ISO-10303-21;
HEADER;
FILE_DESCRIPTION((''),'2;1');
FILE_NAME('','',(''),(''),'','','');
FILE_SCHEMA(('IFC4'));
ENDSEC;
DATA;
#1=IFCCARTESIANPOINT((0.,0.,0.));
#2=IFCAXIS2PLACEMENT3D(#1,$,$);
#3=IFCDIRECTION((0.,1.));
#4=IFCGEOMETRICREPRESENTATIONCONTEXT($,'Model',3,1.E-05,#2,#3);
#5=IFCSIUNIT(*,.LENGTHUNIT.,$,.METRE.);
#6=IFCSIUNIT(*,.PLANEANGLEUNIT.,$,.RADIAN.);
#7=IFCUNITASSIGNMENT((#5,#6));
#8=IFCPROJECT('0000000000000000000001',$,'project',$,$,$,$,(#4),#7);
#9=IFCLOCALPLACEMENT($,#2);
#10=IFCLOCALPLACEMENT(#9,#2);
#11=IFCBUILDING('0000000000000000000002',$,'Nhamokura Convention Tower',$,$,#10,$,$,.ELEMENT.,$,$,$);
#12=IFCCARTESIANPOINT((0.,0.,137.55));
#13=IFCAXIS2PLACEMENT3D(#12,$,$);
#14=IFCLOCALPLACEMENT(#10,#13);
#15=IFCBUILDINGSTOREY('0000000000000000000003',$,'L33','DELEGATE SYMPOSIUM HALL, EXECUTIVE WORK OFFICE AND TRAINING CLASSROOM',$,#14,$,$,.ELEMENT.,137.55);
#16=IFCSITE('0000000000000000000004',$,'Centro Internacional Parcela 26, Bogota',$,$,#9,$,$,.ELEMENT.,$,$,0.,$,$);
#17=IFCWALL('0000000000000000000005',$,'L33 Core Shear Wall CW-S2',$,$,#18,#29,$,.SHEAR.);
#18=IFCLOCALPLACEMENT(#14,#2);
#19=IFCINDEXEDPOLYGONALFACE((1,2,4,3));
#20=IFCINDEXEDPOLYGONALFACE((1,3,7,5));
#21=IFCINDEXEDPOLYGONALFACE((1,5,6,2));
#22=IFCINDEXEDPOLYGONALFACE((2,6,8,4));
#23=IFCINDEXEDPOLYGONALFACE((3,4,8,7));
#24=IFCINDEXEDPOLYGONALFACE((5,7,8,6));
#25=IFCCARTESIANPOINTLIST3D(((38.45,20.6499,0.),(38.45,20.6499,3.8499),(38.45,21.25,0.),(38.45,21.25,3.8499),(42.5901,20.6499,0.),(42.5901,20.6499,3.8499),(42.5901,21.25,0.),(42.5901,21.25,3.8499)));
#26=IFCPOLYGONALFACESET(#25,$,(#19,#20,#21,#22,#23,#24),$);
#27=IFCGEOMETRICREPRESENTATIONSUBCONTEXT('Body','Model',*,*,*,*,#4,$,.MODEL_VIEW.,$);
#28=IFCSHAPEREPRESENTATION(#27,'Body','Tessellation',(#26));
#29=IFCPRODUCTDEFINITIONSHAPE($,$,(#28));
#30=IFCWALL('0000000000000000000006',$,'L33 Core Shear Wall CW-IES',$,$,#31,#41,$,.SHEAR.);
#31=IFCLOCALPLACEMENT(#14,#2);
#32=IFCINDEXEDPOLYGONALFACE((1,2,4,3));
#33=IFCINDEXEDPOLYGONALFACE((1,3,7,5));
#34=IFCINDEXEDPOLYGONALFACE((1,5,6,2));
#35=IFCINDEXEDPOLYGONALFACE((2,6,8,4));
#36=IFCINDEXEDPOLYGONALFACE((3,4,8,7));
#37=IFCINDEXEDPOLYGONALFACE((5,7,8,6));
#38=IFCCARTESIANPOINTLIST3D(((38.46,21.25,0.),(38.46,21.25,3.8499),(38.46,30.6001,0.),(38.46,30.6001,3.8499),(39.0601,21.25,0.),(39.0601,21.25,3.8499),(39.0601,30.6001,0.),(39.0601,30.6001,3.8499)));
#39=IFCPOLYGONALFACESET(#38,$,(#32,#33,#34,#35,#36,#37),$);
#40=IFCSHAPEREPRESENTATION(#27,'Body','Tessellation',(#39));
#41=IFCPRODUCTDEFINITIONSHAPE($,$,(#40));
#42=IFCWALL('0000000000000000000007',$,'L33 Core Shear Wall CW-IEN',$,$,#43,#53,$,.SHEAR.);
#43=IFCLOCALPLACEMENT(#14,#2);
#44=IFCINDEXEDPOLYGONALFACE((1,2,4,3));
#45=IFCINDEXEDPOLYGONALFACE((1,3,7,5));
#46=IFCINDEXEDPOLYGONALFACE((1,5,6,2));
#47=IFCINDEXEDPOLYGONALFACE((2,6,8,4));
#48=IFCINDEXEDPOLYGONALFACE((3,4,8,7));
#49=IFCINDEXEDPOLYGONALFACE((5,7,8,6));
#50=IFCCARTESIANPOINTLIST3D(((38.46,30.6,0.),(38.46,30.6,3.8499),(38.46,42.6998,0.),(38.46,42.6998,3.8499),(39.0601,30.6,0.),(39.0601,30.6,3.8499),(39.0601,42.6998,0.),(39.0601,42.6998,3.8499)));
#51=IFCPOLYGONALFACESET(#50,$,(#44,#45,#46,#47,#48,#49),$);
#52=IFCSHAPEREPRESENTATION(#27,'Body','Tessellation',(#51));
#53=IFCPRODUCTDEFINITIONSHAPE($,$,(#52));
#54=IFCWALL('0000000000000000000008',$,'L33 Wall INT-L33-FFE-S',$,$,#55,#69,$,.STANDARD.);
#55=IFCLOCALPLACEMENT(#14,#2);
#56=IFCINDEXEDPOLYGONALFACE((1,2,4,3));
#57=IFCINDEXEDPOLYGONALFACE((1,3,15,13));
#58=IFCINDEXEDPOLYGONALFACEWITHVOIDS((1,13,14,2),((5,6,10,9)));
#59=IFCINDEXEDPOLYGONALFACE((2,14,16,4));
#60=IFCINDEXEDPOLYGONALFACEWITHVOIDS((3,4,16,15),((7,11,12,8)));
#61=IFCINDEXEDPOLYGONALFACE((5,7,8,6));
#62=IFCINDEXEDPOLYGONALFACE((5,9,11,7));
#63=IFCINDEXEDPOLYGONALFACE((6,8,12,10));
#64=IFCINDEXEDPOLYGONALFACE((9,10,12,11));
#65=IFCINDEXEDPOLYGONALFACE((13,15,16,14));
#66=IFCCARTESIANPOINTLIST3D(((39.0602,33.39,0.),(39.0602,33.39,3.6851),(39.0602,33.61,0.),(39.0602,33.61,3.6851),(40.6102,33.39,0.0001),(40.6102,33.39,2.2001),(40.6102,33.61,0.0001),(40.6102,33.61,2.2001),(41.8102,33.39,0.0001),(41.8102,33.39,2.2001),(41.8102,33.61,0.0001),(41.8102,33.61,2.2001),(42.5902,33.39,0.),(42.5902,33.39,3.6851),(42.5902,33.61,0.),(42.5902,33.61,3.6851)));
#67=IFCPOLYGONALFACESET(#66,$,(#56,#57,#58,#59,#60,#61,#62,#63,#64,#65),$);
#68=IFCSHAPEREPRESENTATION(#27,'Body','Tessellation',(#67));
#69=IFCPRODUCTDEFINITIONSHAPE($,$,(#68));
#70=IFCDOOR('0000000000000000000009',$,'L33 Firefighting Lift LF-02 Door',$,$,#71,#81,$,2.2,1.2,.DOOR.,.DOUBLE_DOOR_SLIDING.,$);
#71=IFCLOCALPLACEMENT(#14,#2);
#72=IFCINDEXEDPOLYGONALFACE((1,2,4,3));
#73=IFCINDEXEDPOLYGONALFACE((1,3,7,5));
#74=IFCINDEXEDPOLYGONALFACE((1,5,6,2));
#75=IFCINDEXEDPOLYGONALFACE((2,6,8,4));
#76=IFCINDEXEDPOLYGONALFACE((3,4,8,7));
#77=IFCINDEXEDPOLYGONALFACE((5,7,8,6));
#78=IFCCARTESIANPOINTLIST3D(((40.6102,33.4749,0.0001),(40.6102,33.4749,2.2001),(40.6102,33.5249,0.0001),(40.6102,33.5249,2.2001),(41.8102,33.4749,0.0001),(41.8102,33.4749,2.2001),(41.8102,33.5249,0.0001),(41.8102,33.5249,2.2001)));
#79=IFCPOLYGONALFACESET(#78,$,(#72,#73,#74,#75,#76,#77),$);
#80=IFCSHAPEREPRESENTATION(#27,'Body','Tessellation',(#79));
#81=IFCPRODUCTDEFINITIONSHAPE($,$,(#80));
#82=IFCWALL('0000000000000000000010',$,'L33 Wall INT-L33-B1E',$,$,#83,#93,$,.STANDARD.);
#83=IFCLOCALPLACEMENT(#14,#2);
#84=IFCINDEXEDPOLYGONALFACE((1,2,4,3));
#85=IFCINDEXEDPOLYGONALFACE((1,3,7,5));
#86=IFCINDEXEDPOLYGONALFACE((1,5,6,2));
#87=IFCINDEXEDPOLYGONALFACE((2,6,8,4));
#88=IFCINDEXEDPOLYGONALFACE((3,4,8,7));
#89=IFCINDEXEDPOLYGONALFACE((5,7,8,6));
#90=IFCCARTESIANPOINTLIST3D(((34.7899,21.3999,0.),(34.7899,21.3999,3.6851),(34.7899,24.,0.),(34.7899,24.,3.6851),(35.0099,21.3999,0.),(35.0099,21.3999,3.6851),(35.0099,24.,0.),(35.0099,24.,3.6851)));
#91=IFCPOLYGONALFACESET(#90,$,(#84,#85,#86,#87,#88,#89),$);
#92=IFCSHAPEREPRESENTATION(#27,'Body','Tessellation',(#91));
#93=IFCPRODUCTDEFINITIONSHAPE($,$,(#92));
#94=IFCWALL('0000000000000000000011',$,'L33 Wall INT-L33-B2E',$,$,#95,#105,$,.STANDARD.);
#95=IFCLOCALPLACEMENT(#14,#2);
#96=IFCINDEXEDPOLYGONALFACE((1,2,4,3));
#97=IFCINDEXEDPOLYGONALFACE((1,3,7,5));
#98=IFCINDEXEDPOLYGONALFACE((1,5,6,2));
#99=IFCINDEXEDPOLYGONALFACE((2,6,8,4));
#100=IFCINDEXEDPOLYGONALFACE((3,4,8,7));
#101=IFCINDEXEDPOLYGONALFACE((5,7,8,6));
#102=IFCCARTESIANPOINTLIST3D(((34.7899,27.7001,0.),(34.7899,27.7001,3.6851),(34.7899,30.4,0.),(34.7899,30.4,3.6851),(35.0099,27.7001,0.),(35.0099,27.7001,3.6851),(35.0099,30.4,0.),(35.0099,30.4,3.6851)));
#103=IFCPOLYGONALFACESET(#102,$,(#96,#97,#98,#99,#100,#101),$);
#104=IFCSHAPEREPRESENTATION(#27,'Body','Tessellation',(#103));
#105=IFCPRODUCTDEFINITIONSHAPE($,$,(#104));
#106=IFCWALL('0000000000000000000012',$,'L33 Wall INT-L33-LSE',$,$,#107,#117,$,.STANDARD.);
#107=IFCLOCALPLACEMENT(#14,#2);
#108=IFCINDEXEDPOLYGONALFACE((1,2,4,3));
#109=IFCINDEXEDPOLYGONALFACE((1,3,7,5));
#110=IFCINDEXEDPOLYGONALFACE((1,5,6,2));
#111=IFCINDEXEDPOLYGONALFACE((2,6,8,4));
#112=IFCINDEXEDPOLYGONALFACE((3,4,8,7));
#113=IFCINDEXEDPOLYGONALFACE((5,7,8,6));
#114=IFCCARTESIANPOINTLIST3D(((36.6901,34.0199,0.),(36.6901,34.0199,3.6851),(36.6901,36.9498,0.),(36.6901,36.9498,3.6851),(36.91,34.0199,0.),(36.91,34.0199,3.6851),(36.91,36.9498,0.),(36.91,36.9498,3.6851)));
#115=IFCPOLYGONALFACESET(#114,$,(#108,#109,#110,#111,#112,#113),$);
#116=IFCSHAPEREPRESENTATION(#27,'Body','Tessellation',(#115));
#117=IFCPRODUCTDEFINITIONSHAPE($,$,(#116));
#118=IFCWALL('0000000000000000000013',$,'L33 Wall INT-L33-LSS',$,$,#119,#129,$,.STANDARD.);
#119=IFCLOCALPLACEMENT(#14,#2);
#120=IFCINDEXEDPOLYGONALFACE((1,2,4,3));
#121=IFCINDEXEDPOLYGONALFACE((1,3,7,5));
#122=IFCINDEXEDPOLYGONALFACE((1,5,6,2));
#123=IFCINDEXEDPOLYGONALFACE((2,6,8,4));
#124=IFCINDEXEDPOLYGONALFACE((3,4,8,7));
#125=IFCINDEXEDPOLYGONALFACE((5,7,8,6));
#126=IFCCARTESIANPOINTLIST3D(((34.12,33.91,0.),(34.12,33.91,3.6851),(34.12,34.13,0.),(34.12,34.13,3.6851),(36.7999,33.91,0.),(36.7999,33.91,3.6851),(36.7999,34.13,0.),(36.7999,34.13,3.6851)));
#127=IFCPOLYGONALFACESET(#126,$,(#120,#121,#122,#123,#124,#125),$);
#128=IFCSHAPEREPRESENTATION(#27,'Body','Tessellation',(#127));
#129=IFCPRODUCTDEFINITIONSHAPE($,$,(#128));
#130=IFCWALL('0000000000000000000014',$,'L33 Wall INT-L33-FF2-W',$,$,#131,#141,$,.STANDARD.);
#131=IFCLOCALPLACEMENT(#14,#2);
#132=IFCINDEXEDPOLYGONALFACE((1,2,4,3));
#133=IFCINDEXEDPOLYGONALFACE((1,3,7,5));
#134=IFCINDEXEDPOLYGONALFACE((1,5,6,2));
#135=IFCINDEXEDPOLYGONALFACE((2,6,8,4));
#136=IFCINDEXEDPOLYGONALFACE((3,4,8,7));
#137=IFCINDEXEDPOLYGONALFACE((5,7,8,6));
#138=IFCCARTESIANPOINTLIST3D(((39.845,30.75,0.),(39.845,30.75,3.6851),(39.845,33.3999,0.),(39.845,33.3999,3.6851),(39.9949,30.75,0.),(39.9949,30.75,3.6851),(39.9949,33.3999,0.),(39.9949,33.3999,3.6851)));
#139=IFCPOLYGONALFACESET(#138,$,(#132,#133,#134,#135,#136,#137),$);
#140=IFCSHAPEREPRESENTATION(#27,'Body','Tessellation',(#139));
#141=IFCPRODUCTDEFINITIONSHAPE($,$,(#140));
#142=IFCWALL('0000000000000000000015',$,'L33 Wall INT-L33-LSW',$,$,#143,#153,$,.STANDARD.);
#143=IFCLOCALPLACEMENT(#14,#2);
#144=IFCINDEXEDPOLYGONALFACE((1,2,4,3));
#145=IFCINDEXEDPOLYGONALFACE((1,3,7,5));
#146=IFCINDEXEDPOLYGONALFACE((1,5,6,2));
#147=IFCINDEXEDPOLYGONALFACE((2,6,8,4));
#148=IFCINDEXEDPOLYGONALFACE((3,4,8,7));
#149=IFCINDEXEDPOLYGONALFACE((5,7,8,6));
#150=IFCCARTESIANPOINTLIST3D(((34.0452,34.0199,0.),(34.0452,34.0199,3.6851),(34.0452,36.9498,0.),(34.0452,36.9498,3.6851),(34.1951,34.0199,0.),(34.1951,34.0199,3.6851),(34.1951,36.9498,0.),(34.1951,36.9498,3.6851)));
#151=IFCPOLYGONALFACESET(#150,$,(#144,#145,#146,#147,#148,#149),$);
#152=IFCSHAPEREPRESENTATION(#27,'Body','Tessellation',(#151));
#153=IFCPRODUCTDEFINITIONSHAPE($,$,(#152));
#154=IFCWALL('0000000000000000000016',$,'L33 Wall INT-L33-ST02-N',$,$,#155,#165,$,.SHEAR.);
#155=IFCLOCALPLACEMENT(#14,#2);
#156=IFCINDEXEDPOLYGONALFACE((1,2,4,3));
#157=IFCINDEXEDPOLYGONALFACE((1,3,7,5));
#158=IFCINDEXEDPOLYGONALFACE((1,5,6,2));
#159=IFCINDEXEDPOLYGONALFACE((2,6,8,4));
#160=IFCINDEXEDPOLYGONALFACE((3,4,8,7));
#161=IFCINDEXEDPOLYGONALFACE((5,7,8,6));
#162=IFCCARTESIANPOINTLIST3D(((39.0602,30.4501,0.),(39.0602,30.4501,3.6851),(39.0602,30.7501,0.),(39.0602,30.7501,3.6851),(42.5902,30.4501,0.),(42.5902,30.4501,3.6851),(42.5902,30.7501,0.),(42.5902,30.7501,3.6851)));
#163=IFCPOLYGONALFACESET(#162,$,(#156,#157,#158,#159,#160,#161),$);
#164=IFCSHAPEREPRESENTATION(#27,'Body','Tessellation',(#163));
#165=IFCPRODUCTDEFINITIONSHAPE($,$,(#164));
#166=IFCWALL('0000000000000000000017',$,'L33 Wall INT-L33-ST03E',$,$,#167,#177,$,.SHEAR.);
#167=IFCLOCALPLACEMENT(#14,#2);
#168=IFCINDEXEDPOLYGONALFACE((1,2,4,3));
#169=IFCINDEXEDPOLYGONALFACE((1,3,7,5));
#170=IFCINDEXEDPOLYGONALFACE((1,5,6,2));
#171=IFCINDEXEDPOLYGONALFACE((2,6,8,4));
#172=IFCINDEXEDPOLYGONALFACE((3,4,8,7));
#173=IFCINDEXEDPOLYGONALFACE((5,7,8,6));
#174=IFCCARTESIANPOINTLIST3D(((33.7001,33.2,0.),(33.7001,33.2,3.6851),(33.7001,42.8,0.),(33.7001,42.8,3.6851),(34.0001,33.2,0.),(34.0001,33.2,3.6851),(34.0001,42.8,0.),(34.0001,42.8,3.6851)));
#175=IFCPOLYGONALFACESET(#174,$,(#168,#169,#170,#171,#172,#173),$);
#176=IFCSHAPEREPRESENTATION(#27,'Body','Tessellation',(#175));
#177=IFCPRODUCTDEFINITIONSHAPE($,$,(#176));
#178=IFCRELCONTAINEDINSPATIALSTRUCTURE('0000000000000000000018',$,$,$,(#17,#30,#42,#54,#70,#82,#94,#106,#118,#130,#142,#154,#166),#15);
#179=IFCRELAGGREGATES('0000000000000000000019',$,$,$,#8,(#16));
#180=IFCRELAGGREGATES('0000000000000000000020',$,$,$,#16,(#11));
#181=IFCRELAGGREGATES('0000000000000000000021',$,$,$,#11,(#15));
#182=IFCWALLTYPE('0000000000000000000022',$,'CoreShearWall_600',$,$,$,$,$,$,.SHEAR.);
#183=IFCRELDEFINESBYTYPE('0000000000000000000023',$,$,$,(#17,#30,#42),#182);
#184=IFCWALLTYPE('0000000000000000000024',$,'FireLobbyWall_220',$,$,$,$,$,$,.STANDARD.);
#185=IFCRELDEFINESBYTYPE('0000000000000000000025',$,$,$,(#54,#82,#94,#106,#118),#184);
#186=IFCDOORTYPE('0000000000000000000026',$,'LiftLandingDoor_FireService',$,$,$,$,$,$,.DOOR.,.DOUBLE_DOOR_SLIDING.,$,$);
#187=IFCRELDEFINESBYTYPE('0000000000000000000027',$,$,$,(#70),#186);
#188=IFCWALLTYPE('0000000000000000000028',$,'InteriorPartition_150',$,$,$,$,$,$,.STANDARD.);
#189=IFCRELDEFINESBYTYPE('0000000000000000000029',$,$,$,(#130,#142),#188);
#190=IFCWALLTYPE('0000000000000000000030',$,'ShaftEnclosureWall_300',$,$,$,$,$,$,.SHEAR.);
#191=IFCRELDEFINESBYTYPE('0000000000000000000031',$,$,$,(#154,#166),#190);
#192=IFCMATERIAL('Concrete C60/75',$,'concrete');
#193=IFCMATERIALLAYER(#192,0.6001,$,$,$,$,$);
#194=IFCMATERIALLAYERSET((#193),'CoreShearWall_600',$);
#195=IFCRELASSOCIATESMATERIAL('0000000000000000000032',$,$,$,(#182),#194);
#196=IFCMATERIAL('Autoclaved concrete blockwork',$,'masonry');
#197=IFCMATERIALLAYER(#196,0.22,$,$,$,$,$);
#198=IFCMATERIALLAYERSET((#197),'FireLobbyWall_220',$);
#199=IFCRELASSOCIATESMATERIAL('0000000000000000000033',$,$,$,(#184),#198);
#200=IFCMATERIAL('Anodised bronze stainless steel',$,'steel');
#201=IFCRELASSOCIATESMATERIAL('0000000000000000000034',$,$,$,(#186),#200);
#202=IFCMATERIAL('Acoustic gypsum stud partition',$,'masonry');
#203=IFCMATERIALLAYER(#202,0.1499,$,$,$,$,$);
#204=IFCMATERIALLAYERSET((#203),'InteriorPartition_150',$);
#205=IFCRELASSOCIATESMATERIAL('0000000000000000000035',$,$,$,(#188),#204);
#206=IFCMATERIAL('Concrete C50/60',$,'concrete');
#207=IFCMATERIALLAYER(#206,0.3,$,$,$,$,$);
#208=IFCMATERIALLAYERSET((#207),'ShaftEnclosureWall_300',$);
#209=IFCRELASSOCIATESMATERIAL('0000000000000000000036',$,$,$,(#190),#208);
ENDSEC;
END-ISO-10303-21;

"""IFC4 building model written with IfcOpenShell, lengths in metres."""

from ifc_helpers import new_model, si_unit, direction, frame, frame_2d, origin, place, context, subcontext, project, spatial, rectangle, extrude, material, layer, layer_set, type_object, element, fill, save


model = new_model("IFC4")

# Units and contexts
model_context = context("Model", 3, precision=1e-05, world=origin(), true_north=direction((0.0, 1.0)))
body_context = subcontext(model_context, "Body", "Model", "MODEL_VIEW")
ifc_project = project(units=[si_unit("LENGTHUNIT", "METRE"), si_unit("PLANEANGLEUNIT", "RADIAN")], contexts=[model_context])

# Site, building, storey
site_placement = place(None, origin())
site = spatial("IfcSite", under=ifc_project, at=site_placement, Name="Centro Internacional Parcela 26, Bogota", CompositionType="ELEMENT", RefElevation=0.0)
building_placement = place(site_placement, origin())
building = spatial("IfcBuilding", under=site, at=building_placement, Name="Nhamokura Convention Tower", CompositionType="ELEMENT")
storey_placement = place(building_placement, frame((0.0, 0.0, 137.55)))
storey = spatial("IfcBuildingStorey", under=building, at=storey_placement, Name="L33", Description="DELEGATE SYMPOSIUM HALL, EXECUTIVE WORK OFFICE AND TRAINING CLASSROOM", CompositionType="ELEMENT", Elevation=137.55)

# Walls
ifc_material_1 = material(Name="Concrete C60/75", Category="concrete")
ifc_layer_1 = layer(ifc_material_1, 0.6001)
ifc_layer_set_1 = layer_set([ifc_layer_1], Name="CoreShearWall_600")
wall_type_1 = type_object("IfcWallType", Name="CoreShearWall_600", PredefinedType="SHEAR", material=ifc_layer_set_1)
wall_1_placement = place(storey_placement, frame((38.45, 20.95, 0.0), z_axis=(0.0, 0.0, 1.0), x_axis=(1.0, 0.0, 0.0)))
element("IfcWall", 1, at=wall_1_placement, inside=storey, type_object=wall_type_1, Name="L33 Core Shear Wall CW-S2", PredefinedType="SHEAR", context=body_context, shape_type="SweptSolid", body=[
    extrude(rectangle(XDim=4.1401, YDim=0.6001, at=frame_2d((2.0701, 0.0))), origin(), (0.0, 0.0, 1.0), 3.8499),
])
wall_2_placement = place(storey_placement, frame((38.76, 21.25, 0.0), z_axis=(0.0, 0.0, 1.0), x_axis=(0.0, 1.0, 0.0)))
element("IfcWall", 2, at=wall_2_placement, inside=storey, type_object=wall_type_1, Name="L33 Core Shear Wall CW-IES", PredefinedType="SHEAR", context=body_context, shape_type="SweptSolid", body=[
    extrude(rectangle(XDim=9.3501, YDim=0.6001, at=frame_2d((4.675, 0.0))), origin(), (0.0, 0.0, 1.0), 3.8499),
])
wall_3_placement = place(storey_placement, frame((38.76, 30.6001, 0.0), z_axis=(0.0, 0.0, 1.0), x_axis=(0.0, 1.0, 0.0)))
element("IfcWall", 3, at=wall_3_placement, inside=storey, type_object=wall_type_1, Name="L33 Core Shear Wall CW-IEN", PredefinedType="SHEAR", context=body_context, shape_type="SweptSolid", body=[
    extrude(rectangle(XDim=12.0999, YDim=0.6001, at=frame_2d((6.0498, 0.0))), origin(), (0.0, 0.0, 1.0), 3.8499),
])

# Wall, opening, door
ifc_material_2 = material(Name="Autoclaved concrete blockwork", Category="masonry")
ifc_layer_2 = layer(ifc_material_2, 0.22)
ifc_layer_set_2 = layer_set([ifc_layer_2], Name="FireLobbyWall_220")
wall_type_2 = type_object("IfcWallType", Name="FireLobbyWall_220", PredefinedType="STANDARD", material=ifc_layer_set_2)
wall_4_placement = place(storey_placement, frame((39.0601, 33.5, 0.0), z_axis=(0.0, 0.0, 1.0), x_axis=(1.0, 0.0, 0.0)))
wall_4 = element("IfcWall", 4, at=wall_4_placement, inside=storey, type_object=wall_type_2, Name="L33 Wall INT-L33-FFE-S", PredefinedType="STANDARD", context=body_context, shape_type="SweptSolid", body=[
    extrude(rectangle(XDim=3.53, YDim=0.22, at=frame_2d((1.7651, 0.0))), origin(), (0.0, 0.0, 1.0), 3.6851),
])
opening_placement = place(wall_4_placement, frame((1.55, 0.0, 0.0)))
opening = element("IfcOpeningElement", 5, at=opening_placement, cuts=wall_4, PredefinedType="OPENING", context=body_context, shape_type="SweptSolid", body=[
    extrude(rectangle(XDim=1.2, YDim=2.2, at=frame_2d((0.6001, 1.1001))), frame((0.0, 0.1199, 0.0), z_axis=(0.0, -1.0, 0.0), x_axis=(1.0, 0.0, 0.0)), (0.0, 0.0, 1.0), 0.24),
])
ifc_material_3 = material(Name="Anodised bronze stainless steel", Category="steel")
door_type = type_object("IfcDoorType", Name="LiftLandingDoor_FireService", OperationType="DOUBLE_DOOR_SLIDING", PredefinedType="DOOR", material=ifc_material_3)
door_placement = place(opening_placement, origin())
door = element("IfcDoor", 6, at=door_placement, inside=storey, type_object=door_type, Name="L33 Firefighting Lift LF-02 Door", OperationType="DOUBLE_DOOR_SLIDING", OverallHeight=2.2, OverallWidth=1.2, PredefinedType="DOOR", context=body_context, shape_type="SweptSolid", body=[
    extrude(rectangle(XDim=1.2, YDim=2.2, at=frame_2d((0.6001, 1.1001))), frame((0.0, 0.0249, 0.0), z_axis=(0.0, -1.0, 0.0), x_axis=(1.0, 0.0, 0.0)), (0.0, 0.0, 1.0), 0.05),
])
fill(opening, door)

# Walls
wall_5_placement = place(storey_placement, frame((34.8999, 21.3999, 0.0), z_axis=(0.0, 0.0, 1.0), x_axis=(0.0, 1.0, 0.0)))
element("IfcWall", 7, at=wall_5_placement, inside=storey, type_object=wall_type_2, Name="L33 Wall INT-L33-B1E", PredefinedType="STANDARD", context=body_context, shape_type="SweptSolid", body=[
    extrude(rectangle(XDim=2.6001, YDim=0.22, at=frame_2d((1.3, 0.0))), origin(), (0.0, 0.0, 1.0), 3.6851),
])
wall_6_placement = place(storey_placement, frame((34.8999, 27.7, 0.0), z_axis=(0.0, 0.0, 1.0), x_axis=(0.0, 1.0, 0.0)))
element("IfcWall", 8, at=wall_6_placement, inside=storey, type_object=wall_type_2, Name="L33 Wall INT-L33-B2E", PredefinedType="STANDARD", context=body_context, shape_type="SweptSolid", body=[
    extrude(rectangle(XDim=2.7, YDim=0.22, at=frame_2d((1.3501, 0.0))), origin(), (0.0, 0.0, 1.0), 3.6851),
])
wall_7_placement = place(storey_placement, frame((36.8, 34.02, 0.0), z_axis=(0.0, 0.0, 1.0), x_axis=(0.0, 1.0, 0.0)))
element("IfcWall", 9, at=wall_7_placement, inside=storey, type_object=wall_type_2, Name="L33 Wall INT-L33-LSE", PredefinedType="STANDARD", context=body_context, shape_type="SweptSolid", body=[
    extrude(rectangle(XDim=2.9299, YDim=0.22, at=frame_2d((1.4648, 0.0))), origin(), (0.0, 0.0, 1.0), 3.6851),
])
wall_8_placement = place(storey_placement, frame((34.1201, 34.02, 0.0), z_axis=(0.0, 0.0, 1.0), x_axis=(1.0, 0.0, 0.0)))
element("IfcWall", 10, at=wall_8_placement, inside=storey, type_object=wall_type_2, Name="L33 Wall INT-L33-LSS", PredefinedType="STANDARD", context=body_context, shape_type="SweptSolid", body=[
    extrude(rectangle(XDim=2.6799, YDim=0.22, at=frame_2d((1.3398, 0.0))), origin(), (0.0, 0.0, 1.0), 3.6851),
])
ifc_material_4 = material(Name="Acoustic gypsum stud partition", Category="masonry")
ifc_layer_3 = layer(ifc_material_4, 0.1499)
ifc_layer_set_3 = layer_set([ifc_layer_3], Name="InteriorPartition_150")
wall_type_3 = type_object("IfcWallType", Name="InteriorPartition_150", PredefinedType="STANDARD", material=ifc_layer_set_3)
wall_9_placement = place(storey_placement, frame((39.9199, 30.75, 0.0), z_axis=(0.0, 0.0, 1.0), x_axis=(0.0, 1.0, 0.0)))
element("IfcWall", 11, at=wall_9_placement, inside=storey, type_object=wall_type_3, Name="L33 Wall INT-L33-FF2-W", PredefinedType="STANDARD", context=body_context, shape_type="SweptSolid", body=[
    extrude(rectangle(XDim=2.6499, YDim=0.1499, at=frame_2d((1.325, 0.0))), origin(), (0.0, 0.0, 1.0), 3.6851),
])
wall_10_placement = place(storey_placement, frame((34.1201, 34.02, 0.0), z_axis=(0.0, 0.0, 1.0), x_axis=(0.0, 1.0, 0.0)))
element("IfcWall", 12, at=wall_10_placement, inside=storey, type_object=wall_type_3, Name="L33 Wall INT-L33-LSW", PredefinedType="STANDARD", context=body_context, shape_type="SweptSolid", body=[
    extrude(rectangle(XDim=2.9299, YDim=0.1499, at=frame_2d((1.4648, 0.0))), origin(), (0.0, 0.0, 1.0), 3.6851),
])
ifc_material_5 = material(Name="Concrete C50/60", Category="concrete")
ifc_layer_4 = layer(ifc_material_5, 0.3)
ifc_layer_set_4 = layer_set([ifc_layer_4], Name="ShaftEnclosureWall_300")
wall_type_4 = type_object("IfcWallType", Name="ShaftEnclosureWall_300", PredefinedType="SHEAR", material=ifc_layer_set_4)
wall_11_placement = place(storey_placement, frame((39.0601, 30.6001, 0.0), z_axis=(0.0, 0.0, 1.0), x_axis=(1.0, 0.0, 0.0)))
element("IfcWall", 13, at=wall_11_placement, inside=storey, type_object=wall_type_4, Name="L33 Wall INT-L33-ST02-N", PredefinedType="SHEAR", context=body_context, shape_type="SweptSolid", body=[
    extrude(rectangle(XDim=3.53, YDim=0.3, at=frame_2d((1.7651, 0.0))), origin(), (0.0, 0.0, 1.0), 3.6851),
])
wall_12_placement = place(storey_placement, frame((33.8501, 33.2, 0.0), z_axis=(0.0, 0.0, 1.0), x_axis=(0.0, 1.0, 0.0)))
element("IfcWall", 14, at=wall_12_placement, inside=storey, type_object=wall_type_4, Name="L33 Wall INT-L33-ST03E", PredefinedType="SHEAR", context=body_context, shape_type="SweptSolid", body=[
    extrude(rectangle(XDim=9.6001, YDim=0.3, at=frame_2d((4.8, 0.0))), origin(), (0.0, 0.0, 1.0), 3.6851),
])

save(model, "model.ifc")
